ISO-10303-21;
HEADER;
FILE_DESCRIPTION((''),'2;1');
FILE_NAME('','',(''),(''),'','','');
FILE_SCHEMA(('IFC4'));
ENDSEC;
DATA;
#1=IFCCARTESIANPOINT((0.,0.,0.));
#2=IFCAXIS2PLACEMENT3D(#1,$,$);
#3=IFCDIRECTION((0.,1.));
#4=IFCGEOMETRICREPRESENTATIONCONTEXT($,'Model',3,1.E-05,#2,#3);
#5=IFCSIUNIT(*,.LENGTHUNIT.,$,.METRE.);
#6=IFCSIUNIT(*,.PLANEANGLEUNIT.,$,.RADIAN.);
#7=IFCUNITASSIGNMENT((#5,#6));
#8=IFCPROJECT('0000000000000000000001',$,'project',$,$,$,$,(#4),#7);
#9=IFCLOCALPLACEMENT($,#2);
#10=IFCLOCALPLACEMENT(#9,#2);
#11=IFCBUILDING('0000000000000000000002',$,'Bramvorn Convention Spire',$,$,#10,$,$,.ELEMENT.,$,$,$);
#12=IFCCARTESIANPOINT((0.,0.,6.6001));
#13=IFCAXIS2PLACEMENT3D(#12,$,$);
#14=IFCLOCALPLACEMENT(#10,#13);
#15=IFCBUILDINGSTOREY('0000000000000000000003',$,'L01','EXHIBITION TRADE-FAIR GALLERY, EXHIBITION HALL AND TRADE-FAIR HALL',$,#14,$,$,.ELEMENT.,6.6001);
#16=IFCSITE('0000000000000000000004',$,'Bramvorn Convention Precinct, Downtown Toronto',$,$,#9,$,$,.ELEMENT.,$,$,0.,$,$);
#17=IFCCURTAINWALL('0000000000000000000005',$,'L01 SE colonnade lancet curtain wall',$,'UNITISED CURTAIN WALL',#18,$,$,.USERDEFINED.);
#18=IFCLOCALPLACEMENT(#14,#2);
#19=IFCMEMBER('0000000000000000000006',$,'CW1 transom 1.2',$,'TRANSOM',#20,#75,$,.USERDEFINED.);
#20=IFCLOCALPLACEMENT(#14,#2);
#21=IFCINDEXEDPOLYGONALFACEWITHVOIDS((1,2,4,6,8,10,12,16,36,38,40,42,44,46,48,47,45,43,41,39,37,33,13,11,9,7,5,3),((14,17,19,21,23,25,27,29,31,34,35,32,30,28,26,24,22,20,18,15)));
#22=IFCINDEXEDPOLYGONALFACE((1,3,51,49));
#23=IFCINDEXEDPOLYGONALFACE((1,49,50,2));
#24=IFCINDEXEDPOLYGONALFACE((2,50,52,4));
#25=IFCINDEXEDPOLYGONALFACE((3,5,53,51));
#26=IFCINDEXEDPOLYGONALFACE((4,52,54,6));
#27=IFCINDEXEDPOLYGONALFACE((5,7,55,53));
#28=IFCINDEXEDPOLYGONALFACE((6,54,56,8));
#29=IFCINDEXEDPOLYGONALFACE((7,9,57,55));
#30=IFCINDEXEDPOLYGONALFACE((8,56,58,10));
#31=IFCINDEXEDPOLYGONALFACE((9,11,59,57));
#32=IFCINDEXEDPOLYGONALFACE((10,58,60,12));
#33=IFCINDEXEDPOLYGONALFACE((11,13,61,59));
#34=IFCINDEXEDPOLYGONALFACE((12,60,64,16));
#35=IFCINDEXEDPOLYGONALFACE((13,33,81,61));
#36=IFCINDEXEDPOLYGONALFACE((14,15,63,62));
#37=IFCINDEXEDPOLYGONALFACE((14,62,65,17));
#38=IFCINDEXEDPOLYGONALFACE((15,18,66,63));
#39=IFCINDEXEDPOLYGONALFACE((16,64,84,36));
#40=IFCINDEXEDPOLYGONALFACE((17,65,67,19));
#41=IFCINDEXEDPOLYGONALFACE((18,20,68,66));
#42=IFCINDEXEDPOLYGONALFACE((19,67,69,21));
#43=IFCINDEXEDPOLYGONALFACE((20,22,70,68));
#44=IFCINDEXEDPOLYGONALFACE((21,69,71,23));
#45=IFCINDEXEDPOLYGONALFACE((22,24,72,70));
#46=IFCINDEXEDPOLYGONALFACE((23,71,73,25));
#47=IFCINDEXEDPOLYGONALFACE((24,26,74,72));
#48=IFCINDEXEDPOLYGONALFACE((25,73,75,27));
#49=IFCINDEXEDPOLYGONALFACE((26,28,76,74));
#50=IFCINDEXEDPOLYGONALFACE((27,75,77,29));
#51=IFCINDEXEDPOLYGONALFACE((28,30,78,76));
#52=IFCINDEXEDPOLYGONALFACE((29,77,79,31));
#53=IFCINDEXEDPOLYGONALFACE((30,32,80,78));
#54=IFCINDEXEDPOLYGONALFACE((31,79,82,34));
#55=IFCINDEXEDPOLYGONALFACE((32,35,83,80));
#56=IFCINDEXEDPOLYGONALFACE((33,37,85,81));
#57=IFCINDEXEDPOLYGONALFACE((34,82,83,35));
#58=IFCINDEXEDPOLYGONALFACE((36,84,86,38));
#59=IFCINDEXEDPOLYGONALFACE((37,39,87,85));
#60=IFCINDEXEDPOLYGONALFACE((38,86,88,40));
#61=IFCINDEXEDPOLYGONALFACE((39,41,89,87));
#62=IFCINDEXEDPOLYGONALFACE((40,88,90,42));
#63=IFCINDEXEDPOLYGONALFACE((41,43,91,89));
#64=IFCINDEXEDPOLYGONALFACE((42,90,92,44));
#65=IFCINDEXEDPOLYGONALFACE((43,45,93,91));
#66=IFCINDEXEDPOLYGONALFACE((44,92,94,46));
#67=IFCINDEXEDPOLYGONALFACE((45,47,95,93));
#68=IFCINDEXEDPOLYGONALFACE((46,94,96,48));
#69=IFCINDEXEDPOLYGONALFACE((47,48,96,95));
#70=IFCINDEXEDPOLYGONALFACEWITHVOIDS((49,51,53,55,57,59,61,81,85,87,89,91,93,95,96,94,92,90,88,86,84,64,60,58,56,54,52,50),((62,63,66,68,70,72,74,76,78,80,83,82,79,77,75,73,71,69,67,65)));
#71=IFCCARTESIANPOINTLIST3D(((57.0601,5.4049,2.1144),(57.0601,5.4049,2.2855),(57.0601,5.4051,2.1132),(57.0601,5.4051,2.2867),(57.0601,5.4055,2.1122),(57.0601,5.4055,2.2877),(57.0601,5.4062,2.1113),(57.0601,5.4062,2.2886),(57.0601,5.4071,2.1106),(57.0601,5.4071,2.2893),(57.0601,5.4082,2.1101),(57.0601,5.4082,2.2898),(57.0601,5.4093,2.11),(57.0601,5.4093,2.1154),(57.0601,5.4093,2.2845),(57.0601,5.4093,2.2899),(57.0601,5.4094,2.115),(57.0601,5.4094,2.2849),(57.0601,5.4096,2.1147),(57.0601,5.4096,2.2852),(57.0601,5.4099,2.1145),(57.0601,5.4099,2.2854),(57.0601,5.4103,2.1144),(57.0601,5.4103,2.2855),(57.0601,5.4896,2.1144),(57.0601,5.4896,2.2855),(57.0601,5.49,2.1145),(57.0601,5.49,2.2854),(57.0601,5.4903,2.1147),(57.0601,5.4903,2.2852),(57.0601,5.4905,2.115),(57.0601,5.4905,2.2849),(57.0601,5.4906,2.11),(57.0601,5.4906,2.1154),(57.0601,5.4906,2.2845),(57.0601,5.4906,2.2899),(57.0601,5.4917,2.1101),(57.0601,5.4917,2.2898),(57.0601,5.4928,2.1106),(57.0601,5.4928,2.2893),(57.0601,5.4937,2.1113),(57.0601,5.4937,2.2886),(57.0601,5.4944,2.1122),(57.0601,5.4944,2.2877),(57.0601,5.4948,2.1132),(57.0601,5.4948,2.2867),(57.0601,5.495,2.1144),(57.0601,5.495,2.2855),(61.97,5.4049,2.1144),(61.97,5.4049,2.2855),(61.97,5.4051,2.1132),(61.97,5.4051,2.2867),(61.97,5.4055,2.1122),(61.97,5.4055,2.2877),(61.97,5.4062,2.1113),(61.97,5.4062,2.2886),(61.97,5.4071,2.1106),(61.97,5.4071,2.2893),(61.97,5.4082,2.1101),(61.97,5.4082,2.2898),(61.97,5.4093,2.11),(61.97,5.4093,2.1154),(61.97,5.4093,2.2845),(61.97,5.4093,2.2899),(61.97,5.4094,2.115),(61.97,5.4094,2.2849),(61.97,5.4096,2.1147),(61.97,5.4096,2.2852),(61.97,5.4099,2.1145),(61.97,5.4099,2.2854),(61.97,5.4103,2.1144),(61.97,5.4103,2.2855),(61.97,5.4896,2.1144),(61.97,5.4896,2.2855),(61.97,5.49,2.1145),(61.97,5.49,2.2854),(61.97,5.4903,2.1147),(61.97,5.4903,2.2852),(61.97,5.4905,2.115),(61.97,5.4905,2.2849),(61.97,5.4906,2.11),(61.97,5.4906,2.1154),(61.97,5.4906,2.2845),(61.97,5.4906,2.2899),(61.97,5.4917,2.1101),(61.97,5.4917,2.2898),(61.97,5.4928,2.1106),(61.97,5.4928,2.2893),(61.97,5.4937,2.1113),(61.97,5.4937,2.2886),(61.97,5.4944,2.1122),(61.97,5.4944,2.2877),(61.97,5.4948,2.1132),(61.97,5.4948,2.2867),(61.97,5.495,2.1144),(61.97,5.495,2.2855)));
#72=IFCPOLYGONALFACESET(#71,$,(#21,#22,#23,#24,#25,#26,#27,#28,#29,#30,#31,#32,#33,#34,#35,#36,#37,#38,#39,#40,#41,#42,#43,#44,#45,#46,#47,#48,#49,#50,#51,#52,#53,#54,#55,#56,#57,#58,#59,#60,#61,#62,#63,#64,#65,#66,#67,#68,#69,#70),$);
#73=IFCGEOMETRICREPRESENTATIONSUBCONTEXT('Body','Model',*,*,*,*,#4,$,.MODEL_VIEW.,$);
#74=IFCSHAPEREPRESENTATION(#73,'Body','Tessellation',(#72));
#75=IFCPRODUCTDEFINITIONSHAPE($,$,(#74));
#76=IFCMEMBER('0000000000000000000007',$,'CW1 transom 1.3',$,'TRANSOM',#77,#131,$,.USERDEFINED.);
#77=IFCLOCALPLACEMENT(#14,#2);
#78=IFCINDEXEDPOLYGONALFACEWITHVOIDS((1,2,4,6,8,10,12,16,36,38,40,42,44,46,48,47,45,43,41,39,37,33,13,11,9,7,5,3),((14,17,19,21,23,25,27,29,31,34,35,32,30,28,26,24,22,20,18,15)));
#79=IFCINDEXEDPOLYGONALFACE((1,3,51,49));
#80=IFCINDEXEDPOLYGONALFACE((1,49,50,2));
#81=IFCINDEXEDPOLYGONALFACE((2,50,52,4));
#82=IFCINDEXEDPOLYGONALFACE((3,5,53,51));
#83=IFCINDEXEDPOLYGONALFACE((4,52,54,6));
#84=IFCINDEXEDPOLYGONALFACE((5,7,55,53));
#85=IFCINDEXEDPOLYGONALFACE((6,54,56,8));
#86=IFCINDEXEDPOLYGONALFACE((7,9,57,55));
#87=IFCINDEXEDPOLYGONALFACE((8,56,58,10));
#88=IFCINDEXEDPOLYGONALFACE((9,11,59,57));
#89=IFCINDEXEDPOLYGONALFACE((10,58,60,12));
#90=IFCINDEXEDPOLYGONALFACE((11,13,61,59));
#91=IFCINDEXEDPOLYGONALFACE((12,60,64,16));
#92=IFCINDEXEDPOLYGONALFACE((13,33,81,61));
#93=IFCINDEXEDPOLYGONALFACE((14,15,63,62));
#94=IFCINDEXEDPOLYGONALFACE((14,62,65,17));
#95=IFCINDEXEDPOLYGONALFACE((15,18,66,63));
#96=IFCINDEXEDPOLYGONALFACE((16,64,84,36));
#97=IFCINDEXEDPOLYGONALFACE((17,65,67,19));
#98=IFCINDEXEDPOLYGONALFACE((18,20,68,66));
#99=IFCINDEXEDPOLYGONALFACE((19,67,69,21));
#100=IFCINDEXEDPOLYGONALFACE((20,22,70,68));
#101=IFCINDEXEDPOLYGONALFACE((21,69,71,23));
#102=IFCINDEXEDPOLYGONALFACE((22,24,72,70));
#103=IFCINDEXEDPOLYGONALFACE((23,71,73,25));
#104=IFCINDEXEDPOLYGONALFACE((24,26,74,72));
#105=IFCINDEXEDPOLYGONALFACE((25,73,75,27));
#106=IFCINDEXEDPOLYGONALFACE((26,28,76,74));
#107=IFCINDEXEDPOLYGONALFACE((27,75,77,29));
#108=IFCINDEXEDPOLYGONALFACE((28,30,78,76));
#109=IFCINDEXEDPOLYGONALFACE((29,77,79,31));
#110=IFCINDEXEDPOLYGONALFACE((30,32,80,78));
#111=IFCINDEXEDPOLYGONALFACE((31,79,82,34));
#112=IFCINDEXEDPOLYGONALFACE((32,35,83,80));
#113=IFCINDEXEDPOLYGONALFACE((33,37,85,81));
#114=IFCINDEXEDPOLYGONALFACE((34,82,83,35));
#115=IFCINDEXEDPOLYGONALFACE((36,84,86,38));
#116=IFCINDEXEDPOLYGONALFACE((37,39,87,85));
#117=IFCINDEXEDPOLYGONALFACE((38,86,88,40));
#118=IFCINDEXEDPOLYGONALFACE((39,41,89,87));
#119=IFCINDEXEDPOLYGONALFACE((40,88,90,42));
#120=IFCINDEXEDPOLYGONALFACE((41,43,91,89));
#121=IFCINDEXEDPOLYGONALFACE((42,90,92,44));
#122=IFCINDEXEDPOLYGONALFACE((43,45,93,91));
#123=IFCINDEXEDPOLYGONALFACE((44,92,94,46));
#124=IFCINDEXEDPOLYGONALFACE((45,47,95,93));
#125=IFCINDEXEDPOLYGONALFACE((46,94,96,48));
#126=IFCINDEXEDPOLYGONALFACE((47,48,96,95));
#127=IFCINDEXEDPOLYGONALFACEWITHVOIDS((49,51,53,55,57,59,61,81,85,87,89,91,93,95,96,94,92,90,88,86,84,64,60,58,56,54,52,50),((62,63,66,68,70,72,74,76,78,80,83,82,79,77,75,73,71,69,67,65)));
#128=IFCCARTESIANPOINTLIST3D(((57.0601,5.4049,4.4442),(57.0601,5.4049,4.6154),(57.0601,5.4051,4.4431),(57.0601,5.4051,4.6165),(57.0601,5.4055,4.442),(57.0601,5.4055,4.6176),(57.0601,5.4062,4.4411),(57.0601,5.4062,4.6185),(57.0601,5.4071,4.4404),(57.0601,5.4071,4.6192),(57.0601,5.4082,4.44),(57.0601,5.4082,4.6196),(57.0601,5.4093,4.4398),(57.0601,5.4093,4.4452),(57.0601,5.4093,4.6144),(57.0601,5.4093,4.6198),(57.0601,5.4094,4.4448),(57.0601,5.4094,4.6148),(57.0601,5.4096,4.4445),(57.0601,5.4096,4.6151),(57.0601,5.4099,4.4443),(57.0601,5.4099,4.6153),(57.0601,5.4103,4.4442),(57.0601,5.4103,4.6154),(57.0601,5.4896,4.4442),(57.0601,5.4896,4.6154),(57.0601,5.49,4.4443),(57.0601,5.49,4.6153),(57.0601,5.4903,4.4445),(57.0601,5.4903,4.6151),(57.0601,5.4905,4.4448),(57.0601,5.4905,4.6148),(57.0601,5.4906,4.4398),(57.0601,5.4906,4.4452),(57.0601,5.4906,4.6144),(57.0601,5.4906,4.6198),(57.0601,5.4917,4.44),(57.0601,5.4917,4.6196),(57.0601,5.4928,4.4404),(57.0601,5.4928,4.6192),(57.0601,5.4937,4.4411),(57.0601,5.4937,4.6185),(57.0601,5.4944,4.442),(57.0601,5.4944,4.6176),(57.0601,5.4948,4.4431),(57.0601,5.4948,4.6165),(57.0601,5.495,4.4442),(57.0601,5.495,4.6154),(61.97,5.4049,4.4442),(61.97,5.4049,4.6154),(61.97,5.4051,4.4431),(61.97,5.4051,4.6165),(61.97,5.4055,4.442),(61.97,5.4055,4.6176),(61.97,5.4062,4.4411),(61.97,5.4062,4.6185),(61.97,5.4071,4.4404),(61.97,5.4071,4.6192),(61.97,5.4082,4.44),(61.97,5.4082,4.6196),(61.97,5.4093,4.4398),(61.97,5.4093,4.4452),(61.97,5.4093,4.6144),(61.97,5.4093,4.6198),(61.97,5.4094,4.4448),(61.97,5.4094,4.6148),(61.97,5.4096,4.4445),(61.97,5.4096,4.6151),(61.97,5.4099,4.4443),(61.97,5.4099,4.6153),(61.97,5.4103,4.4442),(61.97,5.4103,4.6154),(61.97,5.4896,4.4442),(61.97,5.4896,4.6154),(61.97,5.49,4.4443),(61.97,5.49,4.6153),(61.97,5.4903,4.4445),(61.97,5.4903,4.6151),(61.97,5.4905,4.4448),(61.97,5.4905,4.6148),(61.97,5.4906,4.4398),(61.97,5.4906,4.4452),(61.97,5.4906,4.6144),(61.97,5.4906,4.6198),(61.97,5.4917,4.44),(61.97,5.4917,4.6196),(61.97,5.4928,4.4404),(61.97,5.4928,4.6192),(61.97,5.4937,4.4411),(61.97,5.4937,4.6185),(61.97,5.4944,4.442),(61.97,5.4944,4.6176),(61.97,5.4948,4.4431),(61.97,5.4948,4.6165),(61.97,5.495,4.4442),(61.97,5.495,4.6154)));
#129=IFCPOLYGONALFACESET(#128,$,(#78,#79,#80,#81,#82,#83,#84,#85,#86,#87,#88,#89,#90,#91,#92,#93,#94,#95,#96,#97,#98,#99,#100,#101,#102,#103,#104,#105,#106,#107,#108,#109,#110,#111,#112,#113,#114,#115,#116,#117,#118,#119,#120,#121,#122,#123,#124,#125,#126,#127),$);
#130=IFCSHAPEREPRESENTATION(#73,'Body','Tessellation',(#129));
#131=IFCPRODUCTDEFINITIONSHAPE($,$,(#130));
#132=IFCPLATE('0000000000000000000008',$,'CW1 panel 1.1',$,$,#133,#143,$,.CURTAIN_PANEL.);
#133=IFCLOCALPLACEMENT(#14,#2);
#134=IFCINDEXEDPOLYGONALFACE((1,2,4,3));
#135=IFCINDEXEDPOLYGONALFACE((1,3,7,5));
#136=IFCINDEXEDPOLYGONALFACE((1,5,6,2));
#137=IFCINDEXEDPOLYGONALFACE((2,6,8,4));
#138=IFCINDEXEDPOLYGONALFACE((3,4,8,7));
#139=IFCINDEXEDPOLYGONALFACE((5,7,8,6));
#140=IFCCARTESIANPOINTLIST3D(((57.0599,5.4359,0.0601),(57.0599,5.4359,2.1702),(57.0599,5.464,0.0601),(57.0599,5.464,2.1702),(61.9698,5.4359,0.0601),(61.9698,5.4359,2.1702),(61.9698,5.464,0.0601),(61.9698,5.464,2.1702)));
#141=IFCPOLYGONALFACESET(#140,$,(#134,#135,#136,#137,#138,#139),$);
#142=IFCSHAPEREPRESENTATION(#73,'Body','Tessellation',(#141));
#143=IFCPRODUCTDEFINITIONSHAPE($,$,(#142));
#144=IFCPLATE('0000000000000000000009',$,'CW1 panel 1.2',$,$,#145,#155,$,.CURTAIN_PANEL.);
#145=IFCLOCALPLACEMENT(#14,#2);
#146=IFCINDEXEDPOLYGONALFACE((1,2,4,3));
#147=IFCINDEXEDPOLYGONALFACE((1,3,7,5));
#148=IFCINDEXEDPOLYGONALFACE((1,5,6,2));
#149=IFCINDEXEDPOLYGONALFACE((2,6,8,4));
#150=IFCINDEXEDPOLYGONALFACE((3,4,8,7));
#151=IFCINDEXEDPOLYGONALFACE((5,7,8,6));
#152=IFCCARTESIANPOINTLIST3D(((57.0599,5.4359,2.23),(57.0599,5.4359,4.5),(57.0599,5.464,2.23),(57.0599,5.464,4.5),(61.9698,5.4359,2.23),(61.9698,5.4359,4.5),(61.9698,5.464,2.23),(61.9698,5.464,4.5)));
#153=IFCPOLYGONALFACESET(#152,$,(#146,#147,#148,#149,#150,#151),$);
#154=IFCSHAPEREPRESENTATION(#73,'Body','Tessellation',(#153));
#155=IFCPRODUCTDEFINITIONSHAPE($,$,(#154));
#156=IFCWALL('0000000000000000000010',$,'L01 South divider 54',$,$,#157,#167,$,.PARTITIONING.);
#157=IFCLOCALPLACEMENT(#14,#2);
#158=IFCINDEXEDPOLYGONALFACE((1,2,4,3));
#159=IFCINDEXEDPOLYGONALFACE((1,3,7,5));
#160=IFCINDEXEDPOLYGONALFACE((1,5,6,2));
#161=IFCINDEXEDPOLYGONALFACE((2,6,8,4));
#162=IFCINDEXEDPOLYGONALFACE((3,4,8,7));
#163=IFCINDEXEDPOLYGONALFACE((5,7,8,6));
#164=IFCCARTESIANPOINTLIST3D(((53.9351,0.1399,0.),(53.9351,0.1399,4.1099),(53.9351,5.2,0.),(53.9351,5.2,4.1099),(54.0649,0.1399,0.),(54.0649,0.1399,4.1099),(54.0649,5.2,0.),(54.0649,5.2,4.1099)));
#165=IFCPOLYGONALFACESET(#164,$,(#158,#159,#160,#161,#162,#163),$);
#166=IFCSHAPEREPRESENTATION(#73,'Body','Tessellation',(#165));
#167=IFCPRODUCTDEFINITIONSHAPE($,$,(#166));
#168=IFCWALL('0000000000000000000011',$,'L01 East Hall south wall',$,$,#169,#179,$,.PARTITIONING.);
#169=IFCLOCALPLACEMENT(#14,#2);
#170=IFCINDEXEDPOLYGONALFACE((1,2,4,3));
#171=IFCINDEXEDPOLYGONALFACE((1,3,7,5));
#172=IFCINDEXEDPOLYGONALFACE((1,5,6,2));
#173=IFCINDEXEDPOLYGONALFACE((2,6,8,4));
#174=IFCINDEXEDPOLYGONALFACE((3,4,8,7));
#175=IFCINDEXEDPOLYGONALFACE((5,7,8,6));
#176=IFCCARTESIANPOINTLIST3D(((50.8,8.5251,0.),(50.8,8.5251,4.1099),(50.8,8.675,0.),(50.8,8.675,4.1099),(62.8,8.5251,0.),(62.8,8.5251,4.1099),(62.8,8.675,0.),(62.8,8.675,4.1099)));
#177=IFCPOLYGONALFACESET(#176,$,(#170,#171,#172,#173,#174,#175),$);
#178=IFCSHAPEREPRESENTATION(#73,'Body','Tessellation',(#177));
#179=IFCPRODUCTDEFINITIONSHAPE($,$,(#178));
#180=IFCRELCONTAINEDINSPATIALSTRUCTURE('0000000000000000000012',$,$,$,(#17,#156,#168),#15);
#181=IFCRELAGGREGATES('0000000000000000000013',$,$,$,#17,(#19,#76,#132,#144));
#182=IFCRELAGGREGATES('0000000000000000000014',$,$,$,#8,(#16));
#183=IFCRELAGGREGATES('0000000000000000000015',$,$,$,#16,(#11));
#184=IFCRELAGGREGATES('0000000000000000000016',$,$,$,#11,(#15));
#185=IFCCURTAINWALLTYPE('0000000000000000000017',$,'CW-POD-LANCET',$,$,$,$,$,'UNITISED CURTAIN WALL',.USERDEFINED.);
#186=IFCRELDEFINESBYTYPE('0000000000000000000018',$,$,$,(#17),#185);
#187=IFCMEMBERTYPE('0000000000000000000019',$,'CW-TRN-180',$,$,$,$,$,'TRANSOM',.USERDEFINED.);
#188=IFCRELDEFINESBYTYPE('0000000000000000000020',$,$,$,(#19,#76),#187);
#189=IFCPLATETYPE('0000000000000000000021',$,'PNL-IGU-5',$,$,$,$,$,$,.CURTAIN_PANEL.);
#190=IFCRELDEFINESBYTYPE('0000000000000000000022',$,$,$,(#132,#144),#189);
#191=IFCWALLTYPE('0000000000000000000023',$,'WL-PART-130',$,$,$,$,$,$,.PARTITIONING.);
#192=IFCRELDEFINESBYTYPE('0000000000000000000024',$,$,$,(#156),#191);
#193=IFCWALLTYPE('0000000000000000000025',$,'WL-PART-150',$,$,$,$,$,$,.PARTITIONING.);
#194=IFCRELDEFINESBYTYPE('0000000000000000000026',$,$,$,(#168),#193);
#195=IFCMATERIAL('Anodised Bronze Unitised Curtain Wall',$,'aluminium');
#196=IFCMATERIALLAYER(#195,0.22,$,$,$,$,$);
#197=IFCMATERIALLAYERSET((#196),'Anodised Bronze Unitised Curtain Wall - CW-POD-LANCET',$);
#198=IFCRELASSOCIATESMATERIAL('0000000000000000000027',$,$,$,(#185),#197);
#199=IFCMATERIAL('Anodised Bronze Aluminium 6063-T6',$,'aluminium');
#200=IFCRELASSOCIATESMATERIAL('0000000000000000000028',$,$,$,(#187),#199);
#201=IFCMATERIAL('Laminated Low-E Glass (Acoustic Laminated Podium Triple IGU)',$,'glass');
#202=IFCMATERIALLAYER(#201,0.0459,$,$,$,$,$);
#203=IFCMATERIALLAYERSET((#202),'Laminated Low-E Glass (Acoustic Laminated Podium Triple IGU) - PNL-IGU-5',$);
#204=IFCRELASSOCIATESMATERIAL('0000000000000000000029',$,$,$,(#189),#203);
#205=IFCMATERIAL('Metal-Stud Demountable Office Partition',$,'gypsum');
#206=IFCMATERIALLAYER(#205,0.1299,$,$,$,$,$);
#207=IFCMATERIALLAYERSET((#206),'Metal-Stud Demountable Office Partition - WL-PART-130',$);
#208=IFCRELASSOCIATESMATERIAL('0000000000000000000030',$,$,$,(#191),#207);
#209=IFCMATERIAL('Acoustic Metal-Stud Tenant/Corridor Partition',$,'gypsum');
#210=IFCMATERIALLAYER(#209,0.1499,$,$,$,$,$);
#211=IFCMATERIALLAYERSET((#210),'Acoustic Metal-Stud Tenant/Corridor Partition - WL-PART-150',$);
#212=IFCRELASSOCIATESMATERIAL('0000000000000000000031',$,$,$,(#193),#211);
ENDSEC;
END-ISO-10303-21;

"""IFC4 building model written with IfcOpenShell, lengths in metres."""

from ifc_helpers import new_model, si_unit, direction, frame, frame_2d, origin, origin_2d, place, context, subcontext, project, spatial, rectangle, hollow_rectangle, extrude, material, layer, layer_set, material_profile, profile_set, type_object, element, aggregate, save


model = new_model("IFC4")

# Units and contexts
model_context = context("Model", 3, precision=1e-05, world=origin(), true_north=direction((0.0, 1.0)))
body_context = subcontext(model_context, "Body", "Model", "MODEL_VIEW")
ifc_project = project(units=[si_unit("LENGTHUNIT", "METRE"), si_unit("PLANEANGLEUNIT", "RADIAN")], contexts=[model_context])

# Site, building, storey
site_placement = place(None, origin())
site = spatial("IfcSite", under=ifc_project, at=site_placement, Name="Bramvorn Convention Precinct, Downtown Toronto", CompositionType="ELEMENT", RefElevation=0.0)
building_placement = place(site_placement, origin())
building = spatial("IfcBuilding", under=site, at=building_placement, Name="Bramvorn Convention Spire", CompositionType="ELEMENT")
storey_placement = place(building_placement, frame((0.0, 0.0, 6.6001)))
storey = spatial("IfcBuildingStorey", under=building, at=storey_placement, Name="L01", Description="EXHIBITION TRADE-FAIR GALLERY, EXHIBITION HALL AND TRADE-FAIR HALL", CompositionType="ELEMENT", Elevation=6.6001)

# Curtain wall, members, plates
ifc_material_1 = material(Name="Anodised Bronze Unitised Curtain Wall", Category="aluminium")
ifc_layer_1 = layer(ifc_material_1, 0.22)
ifc_layer_set_1 = layer_set([ifc_layer_1], Name="Anodised Bronze Unitised Curtain Wall - CW-POD-LANCET")
curtain_wall_type = type_object("IfcCurtainWallType", Name="CW-POD-LANCET", ElementType="UNITISED CURTAIN WALL", PredefinedType="USERDEFINED", material=ifc_layer_set_1)
curtain_wall_placement = place(storey_placement, origin())
curtain_wall = element("IfcCurtainWall", 1, at=curtain_wall_placement, inside=storey, type_object=curtain_wall_type, Name="L01 SE colonnade lancet curtain wall", ObjectType="UNITISED CURTAIN WALL", PredefinedType="USERDEFINED")
ifc_material_2 = material(Name="Anodised Bronze Aluminium 6063-T6", Category="aluminium")
ifc_material_profile_1 = material_profile(ifc_material_2, hollow_rectangle(XDim=0.0901, YDim=0.1799, WallThickness=0.0044, InnerFilletRadius=0.001, OuterFilletRadius=0.0044, at=origin_2d()))
ifc_profile_set_1 = profile_set([ifc_material_profile_1], Name="Anodised Bronze Aluminium 6063-T6 - CWT90X180")
member_type_1 = type_object("IfcMemberType", Name="CW-TRN-180", ElementType="TRANSOM", PredefinedType="USERDEFINED", material=ifc_profile_set_1)
member_1_placement = place(storey_placement, frame((57.0601, 5.45, 2.2), z_axis=(1.0, 0.0, 0.0), x_axis=(0.0, 1.0, 0.0)))
member_1 = element("IfcMember", 2, at=member_1_placement, type_object=member_type_1, Name="CW1 transom 1.2", ObjectType="TRANSOM", PredefinedType="USERDEFINED", context=body_context, shape_type="SweptSolid", body=[
    extrude(hollow_rectangle(XDim=0.0901, YDim=0.1799, WallThickness=0.0044, InnerFilletRadius=0.001, OuterFilletRadius=0.0044, at=origin_2d()), origin(), (0.0, 0.0, 1.0), 4.9099),
])
member_2_placement = place(storey_placement, frame((57.0601, 5.45, 4.5298), z_axis=(1.0, 0.0, 0.0), x_axis=(0.0, 1.0, 0.0)))
member_2 = element("IfcMember", 3, at=member_2_placement, type_object=member_type_1, Name="CW1 transom 1.3", ObjectType="TRANSOM", PredefinedType="USERDEFINED", context=body_context, shape_type="SweptSolid", body=[
    extrude(hollow_rectangle(XDim=0.0901, YDim=0.1799, WallThickness=0.0044, InnerFilletRadius=0.001, OuterFilletRadius=0.0044, at=origin_2d()), origin(), (0.0, 0.0, 1.0), 4.9099),
])
ifc_material_3 = material(Name="Laminated Low-E Glass (Acoustic Laminated Podium Triple IGU)", Category="glass")
ifc_layer_2 = layer(ifc_material_3, 0.0459)
ifc_layer_set_2 = layer_set([ifc_layer_2], Name="Laminated Low-E Glass (Acoustic Laminated Podium Triple IGU) - PNL-IGU-5")
plate_type = type_object("IfcPlateType", Name="PNL-IGU-5", PredefinedType="CURTAIN_PANEL", material=ifc_layer_set_2)
plate_1_placement = place(storey_placement, frame((59.5149, 5.45, 0.0601), z_axis=(0.0, 0.0, 1.0), x_axis=(1.0, 0.0, 0.0)))
plate_1 = element("IfcPlate", 4, at=plate_1_placement, type_object=plate_type, Name="CW1 panel 1.1", PredefinedType="CURTAIN_PANEL", context=body_context, shape_type="SweptSolid", body=[
    extrude(rectangle(XDim=4.9099, YDim=0.0281, at=origin_2d()), origin(), (0.0, 0.0, 1.0), 2.1101),
])
plate_2_placement = place(storey_placement, frame((59.5149, 5.45, 2.23), z_axis=(0.0, 0.0, 1.0), x_axis=(1.0, 0.0, 0.0)))
plate_2 = element("IfcPlate", 5, at=plate_2_placement, type_object=plate_type, Name="CW1 panel 1.2", PredefinedType="CURTAIN_PANEL", context=body_context, shape_type="SweptSolid", body=[
    extrude(rectangle(XDim=4.9099, YDim=0.0281, at=origin_2d()), origin(), (0.0, 0.0, 1.0), 2.27),
])
aggregate(curtain_wall, [member_1, member_2, plate_1, plate_2])

# Walls
ifc_material_4 = material(Name="Metal-Stud Demountable Office Partition", Category="gypsum")
ifc_layer_3 = layer(ifc_material_4, 0.1299)
ifc_layer_set_3 = layer_set([ifc_layer_3], Name="Metal-Stud Demountable Office Partition - WL-PART-130")
wall_type_1 = type_object("IfcWallType", Name="WL-PART-130", PredefinedType="PARTITIONING", material=ifc_layer_set_3)
wall_1_placement = place(storey_placement, frame((54.0, 0.1399, 0.0), z_axis=(0.0, 0.0, 1.0), x_axis=(0.0, 1.0, 0.0)))
element("IfcWall", 6, at=wall_1_placement, inside=storey, type_object=wall_type_1, Name="L01 South divider 54", PredefinedType="PARTITIONING", context=body_context, shape_type="SweptSolid", body=[
    extrude(rectangle(XDim=5.0601, YDim=0.1299, at=frame_2d((2.53, 0.0))), origin(), (0.0, 0.0, 1.0), 4.1099),
])
ifc_material_5 = material(Name="Acoustic Metal-Stud Tenant/Corridor Partition", Category="gypsum")
ifc_layer_4 = layer(ifc_material_5, 0.1499)
ifc_layer_set_4 = layer_set([ifc_layer_4], Name="Acoustic Metal-Stud Tenant/Corridor Partition - WL-PART-150")
wall_type_2 = type_object("IfcWallType", Name="WL-PART-150", PredefinedType="PARTITIONING", material=ifc_layer_set_4)
wall_2_placement = place(storey_placement, frame((50.8, 8.6001, 0.0), z_axis=(0.0, 0.0, 1.0), x_axis=(1.0, 0.0, 0.0)))
element("IfcWall", 7, at=wall_2_placement, inside=storey, type_object=wall_type_2, Name="L01 East Hall south wall", PredefinedType="PARTITIONING", context=body_context, shape_type="SweptSolid", body=[
    extrude(rectangle(XDim=12.0, YDim=0.1499, at=frame_2d((6.0, 0.0))), origin(), (0.0, 0.0, 1.0), 4.1099),
])

save(model, "model.ifc")
